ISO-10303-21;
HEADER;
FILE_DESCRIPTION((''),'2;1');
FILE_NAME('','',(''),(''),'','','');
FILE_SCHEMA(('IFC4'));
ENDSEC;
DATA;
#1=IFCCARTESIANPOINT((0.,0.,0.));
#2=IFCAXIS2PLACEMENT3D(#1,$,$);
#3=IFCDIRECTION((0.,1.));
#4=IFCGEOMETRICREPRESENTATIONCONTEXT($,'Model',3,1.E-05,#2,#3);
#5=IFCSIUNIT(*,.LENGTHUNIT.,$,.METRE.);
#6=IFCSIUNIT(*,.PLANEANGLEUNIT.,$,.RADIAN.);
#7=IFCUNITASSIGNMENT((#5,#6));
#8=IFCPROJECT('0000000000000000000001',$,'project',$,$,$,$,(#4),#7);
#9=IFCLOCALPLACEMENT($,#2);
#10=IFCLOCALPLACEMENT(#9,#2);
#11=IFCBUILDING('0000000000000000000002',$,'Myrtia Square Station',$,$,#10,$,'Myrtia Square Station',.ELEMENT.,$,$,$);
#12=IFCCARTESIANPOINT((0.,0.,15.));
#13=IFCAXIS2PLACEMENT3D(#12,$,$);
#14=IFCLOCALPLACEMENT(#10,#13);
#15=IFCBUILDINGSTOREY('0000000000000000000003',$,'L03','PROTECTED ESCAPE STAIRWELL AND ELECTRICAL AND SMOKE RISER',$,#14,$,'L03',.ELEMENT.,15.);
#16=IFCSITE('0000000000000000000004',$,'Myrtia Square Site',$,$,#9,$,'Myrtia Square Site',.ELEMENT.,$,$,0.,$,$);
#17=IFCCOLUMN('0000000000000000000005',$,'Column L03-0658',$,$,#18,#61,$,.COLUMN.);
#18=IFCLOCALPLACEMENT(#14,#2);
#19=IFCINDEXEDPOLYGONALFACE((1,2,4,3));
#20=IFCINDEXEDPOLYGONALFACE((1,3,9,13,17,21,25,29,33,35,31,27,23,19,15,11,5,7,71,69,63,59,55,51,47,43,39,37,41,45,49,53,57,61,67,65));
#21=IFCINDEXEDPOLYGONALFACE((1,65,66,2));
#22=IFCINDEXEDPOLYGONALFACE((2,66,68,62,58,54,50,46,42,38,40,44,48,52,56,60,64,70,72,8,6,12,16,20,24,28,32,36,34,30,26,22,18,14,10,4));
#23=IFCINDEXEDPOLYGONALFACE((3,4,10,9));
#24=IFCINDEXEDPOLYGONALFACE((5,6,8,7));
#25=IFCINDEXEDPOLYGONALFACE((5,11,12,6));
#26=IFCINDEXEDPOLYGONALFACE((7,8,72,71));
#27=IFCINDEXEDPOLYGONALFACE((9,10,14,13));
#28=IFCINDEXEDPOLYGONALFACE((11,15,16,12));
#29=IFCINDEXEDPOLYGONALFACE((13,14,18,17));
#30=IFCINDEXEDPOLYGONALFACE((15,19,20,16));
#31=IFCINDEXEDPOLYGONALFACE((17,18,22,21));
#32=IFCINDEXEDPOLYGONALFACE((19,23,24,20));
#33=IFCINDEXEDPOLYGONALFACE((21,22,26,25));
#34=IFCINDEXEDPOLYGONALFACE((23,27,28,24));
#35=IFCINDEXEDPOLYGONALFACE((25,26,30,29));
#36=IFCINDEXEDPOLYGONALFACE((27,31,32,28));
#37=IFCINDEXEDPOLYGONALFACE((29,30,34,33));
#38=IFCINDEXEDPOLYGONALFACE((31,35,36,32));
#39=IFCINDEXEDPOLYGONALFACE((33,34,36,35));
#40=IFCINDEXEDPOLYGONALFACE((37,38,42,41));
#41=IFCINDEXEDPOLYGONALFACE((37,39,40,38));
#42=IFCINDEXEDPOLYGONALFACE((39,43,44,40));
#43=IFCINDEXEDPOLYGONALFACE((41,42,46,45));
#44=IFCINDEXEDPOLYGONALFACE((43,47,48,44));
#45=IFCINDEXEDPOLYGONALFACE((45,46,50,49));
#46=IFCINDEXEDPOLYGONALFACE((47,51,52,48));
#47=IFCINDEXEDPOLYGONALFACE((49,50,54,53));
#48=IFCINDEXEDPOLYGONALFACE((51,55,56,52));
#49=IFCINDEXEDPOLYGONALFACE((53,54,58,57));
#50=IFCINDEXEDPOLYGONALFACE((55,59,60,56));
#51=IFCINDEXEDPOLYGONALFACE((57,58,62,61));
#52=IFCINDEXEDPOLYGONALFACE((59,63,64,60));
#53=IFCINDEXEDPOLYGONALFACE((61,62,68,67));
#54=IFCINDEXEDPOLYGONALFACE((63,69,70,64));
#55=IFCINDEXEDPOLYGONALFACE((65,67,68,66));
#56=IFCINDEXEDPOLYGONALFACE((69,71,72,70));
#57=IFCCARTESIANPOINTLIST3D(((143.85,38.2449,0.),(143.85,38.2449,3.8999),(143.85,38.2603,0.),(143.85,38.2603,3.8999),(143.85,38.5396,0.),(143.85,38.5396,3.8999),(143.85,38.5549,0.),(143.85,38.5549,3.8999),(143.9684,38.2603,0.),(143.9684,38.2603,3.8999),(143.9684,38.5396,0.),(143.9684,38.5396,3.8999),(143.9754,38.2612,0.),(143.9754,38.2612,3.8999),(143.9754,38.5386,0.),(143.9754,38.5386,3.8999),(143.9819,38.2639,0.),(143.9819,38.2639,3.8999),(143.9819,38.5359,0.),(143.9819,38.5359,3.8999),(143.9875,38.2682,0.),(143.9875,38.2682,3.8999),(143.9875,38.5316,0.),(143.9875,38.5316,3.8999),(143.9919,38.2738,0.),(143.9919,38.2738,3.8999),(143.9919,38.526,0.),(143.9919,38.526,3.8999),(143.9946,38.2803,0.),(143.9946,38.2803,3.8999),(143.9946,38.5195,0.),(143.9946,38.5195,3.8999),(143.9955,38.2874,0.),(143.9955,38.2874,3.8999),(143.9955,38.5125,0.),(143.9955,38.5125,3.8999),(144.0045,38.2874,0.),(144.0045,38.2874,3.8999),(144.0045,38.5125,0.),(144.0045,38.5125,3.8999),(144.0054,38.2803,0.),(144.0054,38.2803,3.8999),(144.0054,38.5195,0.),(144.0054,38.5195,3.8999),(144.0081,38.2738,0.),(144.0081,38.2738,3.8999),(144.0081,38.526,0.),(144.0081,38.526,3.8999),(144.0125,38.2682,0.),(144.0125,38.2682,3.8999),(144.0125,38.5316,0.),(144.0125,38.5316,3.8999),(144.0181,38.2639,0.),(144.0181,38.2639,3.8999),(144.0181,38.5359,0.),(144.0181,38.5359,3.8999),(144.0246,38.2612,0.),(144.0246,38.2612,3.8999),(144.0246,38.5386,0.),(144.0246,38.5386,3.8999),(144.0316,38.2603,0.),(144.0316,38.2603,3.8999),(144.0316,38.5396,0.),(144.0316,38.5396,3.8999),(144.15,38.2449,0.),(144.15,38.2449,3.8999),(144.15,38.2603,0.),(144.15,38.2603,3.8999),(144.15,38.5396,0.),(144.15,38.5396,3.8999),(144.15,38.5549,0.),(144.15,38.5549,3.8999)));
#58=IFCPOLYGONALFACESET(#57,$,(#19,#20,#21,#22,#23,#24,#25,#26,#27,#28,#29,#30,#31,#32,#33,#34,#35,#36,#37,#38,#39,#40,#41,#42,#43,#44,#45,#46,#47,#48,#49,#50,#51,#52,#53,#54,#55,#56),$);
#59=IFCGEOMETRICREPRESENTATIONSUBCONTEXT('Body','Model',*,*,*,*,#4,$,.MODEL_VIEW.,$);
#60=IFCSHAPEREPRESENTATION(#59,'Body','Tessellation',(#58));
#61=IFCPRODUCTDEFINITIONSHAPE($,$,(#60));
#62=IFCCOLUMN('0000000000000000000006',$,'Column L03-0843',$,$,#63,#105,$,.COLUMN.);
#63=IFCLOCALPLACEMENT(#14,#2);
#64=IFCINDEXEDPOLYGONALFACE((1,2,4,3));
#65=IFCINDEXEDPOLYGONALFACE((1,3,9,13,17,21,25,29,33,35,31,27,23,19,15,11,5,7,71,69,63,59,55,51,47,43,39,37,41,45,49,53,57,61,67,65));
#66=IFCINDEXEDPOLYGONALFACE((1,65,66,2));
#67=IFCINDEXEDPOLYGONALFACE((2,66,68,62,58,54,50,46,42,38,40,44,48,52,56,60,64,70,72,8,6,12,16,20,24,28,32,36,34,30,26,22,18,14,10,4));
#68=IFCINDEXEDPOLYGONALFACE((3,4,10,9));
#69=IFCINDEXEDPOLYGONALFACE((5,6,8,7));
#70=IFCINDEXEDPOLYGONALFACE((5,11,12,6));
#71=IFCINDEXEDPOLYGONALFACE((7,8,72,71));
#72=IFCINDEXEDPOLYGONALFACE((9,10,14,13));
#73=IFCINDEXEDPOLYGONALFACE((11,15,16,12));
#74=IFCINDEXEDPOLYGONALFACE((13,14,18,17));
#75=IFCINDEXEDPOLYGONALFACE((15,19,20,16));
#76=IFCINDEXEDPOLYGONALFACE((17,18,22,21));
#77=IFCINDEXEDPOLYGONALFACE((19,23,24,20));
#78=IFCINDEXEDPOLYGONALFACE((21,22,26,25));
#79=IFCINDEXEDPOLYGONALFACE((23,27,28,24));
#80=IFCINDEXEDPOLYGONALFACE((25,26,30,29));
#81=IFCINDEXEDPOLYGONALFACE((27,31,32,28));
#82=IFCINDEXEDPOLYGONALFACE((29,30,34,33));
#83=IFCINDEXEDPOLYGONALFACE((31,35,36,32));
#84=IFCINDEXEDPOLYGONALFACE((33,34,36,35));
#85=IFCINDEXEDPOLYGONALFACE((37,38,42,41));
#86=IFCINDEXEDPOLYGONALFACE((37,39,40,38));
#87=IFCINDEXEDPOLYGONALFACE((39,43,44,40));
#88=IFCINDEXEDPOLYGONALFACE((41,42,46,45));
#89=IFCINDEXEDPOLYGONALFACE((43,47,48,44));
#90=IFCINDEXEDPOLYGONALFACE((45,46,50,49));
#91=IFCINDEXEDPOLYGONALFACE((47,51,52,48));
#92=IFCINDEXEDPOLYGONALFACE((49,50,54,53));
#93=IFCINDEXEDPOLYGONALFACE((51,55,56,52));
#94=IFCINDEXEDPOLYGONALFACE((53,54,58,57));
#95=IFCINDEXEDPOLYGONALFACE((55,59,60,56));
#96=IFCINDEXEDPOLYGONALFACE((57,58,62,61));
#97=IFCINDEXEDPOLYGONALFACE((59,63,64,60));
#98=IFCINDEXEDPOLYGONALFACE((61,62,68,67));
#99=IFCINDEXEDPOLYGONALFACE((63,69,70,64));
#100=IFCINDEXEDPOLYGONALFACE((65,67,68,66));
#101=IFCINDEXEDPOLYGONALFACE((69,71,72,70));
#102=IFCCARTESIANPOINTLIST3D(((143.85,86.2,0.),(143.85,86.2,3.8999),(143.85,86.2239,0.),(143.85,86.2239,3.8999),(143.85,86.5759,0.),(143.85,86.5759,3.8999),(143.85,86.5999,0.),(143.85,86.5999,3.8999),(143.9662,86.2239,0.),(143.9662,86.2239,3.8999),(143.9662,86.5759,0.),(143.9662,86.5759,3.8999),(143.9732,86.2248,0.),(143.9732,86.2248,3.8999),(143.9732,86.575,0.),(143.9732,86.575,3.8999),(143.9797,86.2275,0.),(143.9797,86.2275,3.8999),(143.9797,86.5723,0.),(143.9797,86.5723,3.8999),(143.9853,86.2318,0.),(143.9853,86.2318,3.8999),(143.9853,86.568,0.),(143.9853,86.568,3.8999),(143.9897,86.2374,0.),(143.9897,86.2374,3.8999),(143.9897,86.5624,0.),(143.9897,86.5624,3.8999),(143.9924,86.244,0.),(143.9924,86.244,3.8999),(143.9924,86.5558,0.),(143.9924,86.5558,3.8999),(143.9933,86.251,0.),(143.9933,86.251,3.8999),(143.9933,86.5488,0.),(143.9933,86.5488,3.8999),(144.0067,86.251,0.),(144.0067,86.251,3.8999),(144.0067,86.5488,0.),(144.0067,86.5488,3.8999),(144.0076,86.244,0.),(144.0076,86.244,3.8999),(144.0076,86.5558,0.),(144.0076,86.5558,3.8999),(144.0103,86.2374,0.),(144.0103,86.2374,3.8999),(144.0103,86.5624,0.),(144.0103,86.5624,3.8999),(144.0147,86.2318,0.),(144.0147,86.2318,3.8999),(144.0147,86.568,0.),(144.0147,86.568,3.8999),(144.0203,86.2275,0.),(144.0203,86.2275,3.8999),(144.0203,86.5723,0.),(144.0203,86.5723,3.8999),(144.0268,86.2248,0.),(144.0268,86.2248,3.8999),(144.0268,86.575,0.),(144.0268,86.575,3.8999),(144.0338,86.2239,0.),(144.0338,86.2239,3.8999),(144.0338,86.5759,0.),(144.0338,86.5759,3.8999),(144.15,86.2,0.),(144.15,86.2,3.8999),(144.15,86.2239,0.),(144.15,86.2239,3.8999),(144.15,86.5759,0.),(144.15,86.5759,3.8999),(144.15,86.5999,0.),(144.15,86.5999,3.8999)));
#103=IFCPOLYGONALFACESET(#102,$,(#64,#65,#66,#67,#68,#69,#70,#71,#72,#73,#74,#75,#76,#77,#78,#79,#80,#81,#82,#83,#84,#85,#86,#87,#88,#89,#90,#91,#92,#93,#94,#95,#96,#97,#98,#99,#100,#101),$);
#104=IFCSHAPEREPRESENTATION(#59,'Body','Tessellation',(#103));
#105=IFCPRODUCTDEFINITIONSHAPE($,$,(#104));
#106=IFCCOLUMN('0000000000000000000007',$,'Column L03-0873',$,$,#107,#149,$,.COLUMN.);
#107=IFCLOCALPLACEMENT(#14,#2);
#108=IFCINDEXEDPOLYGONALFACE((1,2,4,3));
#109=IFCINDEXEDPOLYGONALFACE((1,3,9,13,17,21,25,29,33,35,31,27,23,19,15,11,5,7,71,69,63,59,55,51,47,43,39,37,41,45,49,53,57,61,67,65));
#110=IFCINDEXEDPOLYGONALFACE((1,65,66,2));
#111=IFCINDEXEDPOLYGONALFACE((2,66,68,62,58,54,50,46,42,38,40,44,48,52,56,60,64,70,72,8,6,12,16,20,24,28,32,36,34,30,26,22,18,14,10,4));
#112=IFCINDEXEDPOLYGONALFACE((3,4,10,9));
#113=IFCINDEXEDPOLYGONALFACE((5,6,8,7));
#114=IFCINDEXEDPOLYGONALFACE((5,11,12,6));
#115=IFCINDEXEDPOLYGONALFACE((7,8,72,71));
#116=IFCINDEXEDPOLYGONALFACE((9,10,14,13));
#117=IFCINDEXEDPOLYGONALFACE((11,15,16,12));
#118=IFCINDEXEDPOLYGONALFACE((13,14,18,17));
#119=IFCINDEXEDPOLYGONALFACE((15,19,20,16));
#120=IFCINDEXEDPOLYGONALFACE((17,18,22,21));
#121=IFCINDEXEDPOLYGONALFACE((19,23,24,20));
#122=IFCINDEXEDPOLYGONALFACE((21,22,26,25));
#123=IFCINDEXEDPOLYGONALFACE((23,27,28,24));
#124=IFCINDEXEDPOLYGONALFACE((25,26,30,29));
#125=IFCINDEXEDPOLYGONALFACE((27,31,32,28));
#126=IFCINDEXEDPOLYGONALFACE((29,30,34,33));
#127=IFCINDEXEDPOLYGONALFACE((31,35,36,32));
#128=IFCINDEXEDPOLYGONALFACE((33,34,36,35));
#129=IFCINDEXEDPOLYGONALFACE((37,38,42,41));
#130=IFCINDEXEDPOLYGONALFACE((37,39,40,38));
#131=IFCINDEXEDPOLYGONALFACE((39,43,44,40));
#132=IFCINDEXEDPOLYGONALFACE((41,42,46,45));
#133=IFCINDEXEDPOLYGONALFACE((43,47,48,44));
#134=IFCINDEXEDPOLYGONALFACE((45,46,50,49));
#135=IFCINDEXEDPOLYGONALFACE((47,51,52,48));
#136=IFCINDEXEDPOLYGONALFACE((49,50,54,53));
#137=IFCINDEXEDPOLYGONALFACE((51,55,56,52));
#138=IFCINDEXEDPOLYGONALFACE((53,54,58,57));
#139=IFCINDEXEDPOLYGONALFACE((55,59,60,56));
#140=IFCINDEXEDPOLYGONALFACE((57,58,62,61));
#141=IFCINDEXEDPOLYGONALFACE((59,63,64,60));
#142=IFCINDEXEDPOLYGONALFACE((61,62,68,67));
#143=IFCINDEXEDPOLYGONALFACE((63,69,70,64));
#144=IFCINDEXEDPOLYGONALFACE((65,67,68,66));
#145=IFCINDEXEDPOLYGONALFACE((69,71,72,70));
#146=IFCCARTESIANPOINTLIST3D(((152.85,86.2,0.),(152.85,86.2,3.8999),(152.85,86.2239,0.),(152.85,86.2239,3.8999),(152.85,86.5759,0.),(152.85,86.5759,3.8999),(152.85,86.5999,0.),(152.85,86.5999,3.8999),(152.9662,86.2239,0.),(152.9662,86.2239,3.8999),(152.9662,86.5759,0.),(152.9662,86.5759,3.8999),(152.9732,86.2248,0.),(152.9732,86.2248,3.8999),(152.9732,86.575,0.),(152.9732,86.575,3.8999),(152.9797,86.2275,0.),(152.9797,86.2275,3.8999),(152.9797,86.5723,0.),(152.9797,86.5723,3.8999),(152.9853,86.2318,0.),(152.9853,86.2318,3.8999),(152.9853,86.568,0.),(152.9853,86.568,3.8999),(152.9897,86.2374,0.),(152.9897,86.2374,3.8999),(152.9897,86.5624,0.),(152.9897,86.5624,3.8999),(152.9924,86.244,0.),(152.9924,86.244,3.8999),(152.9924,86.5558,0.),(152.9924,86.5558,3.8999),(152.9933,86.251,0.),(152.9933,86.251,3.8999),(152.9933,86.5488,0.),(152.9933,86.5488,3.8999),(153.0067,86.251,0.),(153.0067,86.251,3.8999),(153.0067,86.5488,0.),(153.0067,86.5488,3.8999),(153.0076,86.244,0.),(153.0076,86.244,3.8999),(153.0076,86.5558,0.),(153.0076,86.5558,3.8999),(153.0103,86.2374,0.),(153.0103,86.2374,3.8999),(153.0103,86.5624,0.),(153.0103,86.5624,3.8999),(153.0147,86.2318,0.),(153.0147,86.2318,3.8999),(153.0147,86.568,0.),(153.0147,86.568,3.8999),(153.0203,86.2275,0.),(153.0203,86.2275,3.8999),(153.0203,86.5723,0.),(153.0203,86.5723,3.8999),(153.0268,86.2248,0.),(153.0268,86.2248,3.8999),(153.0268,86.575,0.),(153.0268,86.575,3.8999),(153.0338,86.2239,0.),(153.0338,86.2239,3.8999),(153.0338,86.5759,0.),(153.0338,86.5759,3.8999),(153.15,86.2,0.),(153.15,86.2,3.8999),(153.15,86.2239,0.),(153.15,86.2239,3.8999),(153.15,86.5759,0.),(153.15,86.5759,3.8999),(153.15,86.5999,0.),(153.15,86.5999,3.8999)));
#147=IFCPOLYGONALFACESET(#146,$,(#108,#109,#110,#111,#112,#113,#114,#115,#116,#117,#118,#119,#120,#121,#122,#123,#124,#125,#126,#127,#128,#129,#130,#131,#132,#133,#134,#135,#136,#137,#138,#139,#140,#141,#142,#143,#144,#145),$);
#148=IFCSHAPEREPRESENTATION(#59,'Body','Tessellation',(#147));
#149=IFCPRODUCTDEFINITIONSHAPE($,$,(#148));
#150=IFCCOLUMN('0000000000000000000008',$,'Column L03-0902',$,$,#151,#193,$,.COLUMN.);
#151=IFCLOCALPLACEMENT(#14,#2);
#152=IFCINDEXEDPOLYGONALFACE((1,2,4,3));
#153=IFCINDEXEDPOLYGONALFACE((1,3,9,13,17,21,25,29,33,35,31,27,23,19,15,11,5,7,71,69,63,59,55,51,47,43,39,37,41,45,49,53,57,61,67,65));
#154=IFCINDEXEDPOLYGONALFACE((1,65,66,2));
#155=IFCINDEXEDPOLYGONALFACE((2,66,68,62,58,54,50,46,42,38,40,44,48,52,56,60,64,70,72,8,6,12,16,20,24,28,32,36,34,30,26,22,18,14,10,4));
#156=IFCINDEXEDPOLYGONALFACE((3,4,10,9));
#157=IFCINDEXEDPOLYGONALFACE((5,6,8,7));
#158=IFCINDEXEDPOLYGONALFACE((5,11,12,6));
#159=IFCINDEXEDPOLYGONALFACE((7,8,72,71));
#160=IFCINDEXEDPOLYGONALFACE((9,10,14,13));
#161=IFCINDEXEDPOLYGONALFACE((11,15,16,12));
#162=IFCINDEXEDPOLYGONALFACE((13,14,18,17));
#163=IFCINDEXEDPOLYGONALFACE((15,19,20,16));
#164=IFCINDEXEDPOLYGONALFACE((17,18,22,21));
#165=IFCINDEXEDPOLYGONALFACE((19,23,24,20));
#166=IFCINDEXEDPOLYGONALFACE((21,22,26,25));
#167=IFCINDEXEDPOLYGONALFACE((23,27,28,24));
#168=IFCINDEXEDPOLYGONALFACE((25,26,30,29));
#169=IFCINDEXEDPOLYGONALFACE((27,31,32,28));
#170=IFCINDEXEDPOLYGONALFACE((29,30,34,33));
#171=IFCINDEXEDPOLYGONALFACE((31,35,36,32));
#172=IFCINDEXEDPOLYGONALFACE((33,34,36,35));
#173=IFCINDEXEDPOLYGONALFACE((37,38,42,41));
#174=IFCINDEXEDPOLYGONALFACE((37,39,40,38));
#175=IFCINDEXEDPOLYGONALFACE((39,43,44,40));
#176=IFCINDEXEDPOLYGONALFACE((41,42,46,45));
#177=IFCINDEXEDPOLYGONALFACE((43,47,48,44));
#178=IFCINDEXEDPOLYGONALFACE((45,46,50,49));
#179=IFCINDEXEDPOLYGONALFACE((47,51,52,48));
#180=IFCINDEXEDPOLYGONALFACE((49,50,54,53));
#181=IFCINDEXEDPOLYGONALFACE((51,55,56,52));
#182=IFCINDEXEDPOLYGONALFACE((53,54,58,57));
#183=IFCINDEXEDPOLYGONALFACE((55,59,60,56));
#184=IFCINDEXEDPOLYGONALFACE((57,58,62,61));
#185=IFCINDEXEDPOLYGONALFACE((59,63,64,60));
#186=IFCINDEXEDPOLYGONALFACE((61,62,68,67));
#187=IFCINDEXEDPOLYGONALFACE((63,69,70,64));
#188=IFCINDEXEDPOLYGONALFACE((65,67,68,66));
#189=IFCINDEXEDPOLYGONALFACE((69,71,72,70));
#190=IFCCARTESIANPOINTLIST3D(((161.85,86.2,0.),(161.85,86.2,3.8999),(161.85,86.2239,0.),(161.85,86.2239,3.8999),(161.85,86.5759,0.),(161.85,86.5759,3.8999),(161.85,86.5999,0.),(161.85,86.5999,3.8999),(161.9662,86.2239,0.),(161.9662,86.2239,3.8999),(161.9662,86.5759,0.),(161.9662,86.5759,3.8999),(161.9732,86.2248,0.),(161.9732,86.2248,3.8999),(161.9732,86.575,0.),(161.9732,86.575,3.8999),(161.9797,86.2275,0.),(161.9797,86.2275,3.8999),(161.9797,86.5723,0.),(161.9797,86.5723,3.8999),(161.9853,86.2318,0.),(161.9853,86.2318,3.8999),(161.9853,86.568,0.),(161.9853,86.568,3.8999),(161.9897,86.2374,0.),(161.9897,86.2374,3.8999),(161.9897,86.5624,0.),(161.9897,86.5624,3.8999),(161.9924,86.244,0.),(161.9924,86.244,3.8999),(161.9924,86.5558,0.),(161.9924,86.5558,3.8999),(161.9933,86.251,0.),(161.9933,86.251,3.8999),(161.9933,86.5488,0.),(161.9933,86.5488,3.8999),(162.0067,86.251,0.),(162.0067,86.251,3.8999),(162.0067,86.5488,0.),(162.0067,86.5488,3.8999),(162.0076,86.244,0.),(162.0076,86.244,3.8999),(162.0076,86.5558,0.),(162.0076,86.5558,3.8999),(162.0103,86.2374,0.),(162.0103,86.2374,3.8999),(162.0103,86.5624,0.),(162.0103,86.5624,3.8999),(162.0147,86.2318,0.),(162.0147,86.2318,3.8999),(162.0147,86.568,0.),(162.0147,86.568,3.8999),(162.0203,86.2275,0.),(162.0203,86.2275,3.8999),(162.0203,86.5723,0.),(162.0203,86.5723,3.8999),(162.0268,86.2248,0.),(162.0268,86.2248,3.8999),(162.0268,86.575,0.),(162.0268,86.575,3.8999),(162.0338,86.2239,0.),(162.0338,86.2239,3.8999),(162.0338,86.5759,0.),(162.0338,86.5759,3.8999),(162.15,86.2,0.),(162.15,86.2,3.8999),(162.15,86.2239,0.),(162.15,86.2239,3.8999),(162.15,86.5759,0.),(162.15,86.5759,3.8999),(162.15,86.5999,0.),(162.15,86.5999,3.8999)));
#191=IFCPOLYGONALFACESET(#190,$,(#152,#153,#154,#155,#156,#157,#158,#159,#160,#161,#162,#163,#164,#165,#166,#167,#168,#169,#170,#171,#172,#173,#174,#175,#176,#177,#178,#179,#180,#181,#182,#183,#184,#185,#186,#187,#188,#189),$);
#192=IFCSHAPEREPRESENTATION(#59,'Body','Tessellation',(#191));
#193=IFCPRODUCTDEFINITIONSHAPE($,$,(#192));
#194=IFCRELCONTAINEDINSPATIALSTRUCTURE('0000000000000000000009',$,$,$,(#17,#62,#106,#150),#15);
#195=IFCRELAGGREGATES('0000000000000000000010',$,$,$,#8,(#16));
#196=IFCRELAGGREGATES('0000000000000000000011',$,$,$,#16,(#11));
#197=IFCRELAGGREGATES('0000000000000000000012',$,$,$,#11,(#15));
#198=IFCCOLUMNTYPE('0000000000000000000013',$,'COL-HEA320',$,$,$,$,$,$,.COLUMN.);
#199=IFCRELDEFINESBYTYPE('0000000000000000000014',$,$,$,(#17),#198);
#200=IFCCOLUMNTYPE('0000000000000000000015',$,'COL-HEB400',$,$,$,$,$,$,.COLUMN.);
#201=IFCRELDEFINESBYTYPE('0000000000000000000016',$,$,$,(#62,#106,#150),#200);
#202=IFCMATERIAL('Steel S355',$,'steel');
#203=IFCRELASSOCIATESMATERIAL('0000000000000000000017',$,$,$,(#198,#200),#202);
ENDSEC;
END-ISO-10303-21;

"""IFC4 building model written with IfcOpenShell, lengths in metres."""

from ifc_helpers import new_model, si_unit, direction, frame, origin, origin_2d, place, context, subcontext, project, spatial, i_section, extrude, material, material_profile, profile_set, type_object, element, save


model = new_model("IFC4")

# Units and contexts
model_context = context("Model", 3, precision=1e-05, world=origin(), true_north=direction((0.0, 1.0)))
body_context = subcontext(model_context, "Body", "Model", "MODEL_VIEW")
ifc_project = project(units=[si_unit("LENGTHUNIT", "METRE"), si_unit("PLANEANGLEUNIT", "RADIAN")], contexts=[model_context])

# Site, building, storey
site_placement = place(None, origin())
site = spatial("IfcSite", under=ifc_project, at=site_placement, Name="Myrtia Square Site", LongName="Myrtia Square Site", CompositionType="ELEMENT", RefElevation=0.0)
building_placement = place(site_placement, origin())
building = spatial("IfcBuilding", under=site, at=building_placement, Name="Myrtia Square Station", LongName="Myrtia Square Station", CompositionType="ELEMENT")
storey_placement = place(building_placement, frame((0.0, 0.0, 15.0)))
storey = spatial("IfcBuildingStorey", under=building, at=storey_placement, Name="L03", Description="PROTECTED ESCAPE STAIRWELL AND ELECTRICAL AND SMOKE RISER", LongName="L03", CompositionType="ELEMENT", Elevation=15.0)

# Columns
ifc_material_1 = material(Name="Steel S355", Category="steel")
ifc_material_profile_1 = material_profile(ifc_material_1, i_section(OverallWidth=0.3, OverallDepth=0.3101, WebThickness=0.009, FlangeThickness=0.0154, FilletRadius=0.0271, at=origin_2d()), Name="HEA 320")
ifc_profile_set_1 = profile_set([ifc_material_profile_1], Name="Steel S355")
column_type_1 = type_object("IfcColumnType", Name="COL-HEA320", PredefinedType="COLUMN", material=ifc_profile_set_1)
column_placement = place(storey_placement, frame((144.0, 38.3999, 0.0), z_axis=(0.0, 0.0, 1.0), x_axis=(1.0, 0.0, 0.0)))
element("IfcColumn", 1, at=column_placement, inside=storey, type_object=column_type_1, Name="Column L03-0658", PredefinedType="COLUMN", context=body_context, shape_type="SweptSolid", body=[
    extrude(i_section(OverallWidth=0.3, OverallDepth=0.3101, WebThickness=0.009, FlangeThickness=0.0154, FilletRadius=0.0271, at=origin_2d()), origin(), (0.0, 0.0, 1.0), 3.8999),
])
ifc_material_profile_2 = material_profile(ifc_material_1, i_section(OverallWidth=0.3, OverallDepth=0.3999, WebThickness=0.0134, FlangeThickness=0.0239, FilletRadius=0.0271, at=origin_2d()), Name="HEB 400")
ifc_profile_set_2 = profile_set([ifc_material_profile_2], Name="Steel S355")
column_type_2 = type_object("IfcColumnType", Name="COL-HEB400", PredefinedType="COLUMN", material=ifc_profile_set_2)
for number, where, z_axis, x_axis, name in (
    (2, (144.0, 86.3999, 0.0), (0.0, 0.0, 1.0), (1.0, 0.0, 0.0), "Column L03-0843"),
    (3, (153.0, 86.3999, 0.0), (0.0, 0.0, 1.0), (1.0, 0.0, 0.0), "Column L03-0873"),
    (4, (162.0, 86.3999, 0.0), (0.0, 0.0, 1.0), (1.0, 0.0, 0.0), "Column L03-0902"),
):
    element("IfcColumn", number, at=place(storey_placement, frame(where, z_axis=z_axis, x_axis=x_axis)), inside=storey, type_object=column_type_2, Name=name, PredefinedType="COLUMN", context=body_context, shape_type="SweptSolid", body=[
        extrude(i_section(OverallWidth=0.3, OverallDepth=0.3999, WebThickness=0.0134, FlangeThickness=0.0239, FilletRadius=0.0271, at=origin_2d()), origin(), (0.0, 0.0, 1.0), 3.8999),
    ])

save(model, "model.ifc")
